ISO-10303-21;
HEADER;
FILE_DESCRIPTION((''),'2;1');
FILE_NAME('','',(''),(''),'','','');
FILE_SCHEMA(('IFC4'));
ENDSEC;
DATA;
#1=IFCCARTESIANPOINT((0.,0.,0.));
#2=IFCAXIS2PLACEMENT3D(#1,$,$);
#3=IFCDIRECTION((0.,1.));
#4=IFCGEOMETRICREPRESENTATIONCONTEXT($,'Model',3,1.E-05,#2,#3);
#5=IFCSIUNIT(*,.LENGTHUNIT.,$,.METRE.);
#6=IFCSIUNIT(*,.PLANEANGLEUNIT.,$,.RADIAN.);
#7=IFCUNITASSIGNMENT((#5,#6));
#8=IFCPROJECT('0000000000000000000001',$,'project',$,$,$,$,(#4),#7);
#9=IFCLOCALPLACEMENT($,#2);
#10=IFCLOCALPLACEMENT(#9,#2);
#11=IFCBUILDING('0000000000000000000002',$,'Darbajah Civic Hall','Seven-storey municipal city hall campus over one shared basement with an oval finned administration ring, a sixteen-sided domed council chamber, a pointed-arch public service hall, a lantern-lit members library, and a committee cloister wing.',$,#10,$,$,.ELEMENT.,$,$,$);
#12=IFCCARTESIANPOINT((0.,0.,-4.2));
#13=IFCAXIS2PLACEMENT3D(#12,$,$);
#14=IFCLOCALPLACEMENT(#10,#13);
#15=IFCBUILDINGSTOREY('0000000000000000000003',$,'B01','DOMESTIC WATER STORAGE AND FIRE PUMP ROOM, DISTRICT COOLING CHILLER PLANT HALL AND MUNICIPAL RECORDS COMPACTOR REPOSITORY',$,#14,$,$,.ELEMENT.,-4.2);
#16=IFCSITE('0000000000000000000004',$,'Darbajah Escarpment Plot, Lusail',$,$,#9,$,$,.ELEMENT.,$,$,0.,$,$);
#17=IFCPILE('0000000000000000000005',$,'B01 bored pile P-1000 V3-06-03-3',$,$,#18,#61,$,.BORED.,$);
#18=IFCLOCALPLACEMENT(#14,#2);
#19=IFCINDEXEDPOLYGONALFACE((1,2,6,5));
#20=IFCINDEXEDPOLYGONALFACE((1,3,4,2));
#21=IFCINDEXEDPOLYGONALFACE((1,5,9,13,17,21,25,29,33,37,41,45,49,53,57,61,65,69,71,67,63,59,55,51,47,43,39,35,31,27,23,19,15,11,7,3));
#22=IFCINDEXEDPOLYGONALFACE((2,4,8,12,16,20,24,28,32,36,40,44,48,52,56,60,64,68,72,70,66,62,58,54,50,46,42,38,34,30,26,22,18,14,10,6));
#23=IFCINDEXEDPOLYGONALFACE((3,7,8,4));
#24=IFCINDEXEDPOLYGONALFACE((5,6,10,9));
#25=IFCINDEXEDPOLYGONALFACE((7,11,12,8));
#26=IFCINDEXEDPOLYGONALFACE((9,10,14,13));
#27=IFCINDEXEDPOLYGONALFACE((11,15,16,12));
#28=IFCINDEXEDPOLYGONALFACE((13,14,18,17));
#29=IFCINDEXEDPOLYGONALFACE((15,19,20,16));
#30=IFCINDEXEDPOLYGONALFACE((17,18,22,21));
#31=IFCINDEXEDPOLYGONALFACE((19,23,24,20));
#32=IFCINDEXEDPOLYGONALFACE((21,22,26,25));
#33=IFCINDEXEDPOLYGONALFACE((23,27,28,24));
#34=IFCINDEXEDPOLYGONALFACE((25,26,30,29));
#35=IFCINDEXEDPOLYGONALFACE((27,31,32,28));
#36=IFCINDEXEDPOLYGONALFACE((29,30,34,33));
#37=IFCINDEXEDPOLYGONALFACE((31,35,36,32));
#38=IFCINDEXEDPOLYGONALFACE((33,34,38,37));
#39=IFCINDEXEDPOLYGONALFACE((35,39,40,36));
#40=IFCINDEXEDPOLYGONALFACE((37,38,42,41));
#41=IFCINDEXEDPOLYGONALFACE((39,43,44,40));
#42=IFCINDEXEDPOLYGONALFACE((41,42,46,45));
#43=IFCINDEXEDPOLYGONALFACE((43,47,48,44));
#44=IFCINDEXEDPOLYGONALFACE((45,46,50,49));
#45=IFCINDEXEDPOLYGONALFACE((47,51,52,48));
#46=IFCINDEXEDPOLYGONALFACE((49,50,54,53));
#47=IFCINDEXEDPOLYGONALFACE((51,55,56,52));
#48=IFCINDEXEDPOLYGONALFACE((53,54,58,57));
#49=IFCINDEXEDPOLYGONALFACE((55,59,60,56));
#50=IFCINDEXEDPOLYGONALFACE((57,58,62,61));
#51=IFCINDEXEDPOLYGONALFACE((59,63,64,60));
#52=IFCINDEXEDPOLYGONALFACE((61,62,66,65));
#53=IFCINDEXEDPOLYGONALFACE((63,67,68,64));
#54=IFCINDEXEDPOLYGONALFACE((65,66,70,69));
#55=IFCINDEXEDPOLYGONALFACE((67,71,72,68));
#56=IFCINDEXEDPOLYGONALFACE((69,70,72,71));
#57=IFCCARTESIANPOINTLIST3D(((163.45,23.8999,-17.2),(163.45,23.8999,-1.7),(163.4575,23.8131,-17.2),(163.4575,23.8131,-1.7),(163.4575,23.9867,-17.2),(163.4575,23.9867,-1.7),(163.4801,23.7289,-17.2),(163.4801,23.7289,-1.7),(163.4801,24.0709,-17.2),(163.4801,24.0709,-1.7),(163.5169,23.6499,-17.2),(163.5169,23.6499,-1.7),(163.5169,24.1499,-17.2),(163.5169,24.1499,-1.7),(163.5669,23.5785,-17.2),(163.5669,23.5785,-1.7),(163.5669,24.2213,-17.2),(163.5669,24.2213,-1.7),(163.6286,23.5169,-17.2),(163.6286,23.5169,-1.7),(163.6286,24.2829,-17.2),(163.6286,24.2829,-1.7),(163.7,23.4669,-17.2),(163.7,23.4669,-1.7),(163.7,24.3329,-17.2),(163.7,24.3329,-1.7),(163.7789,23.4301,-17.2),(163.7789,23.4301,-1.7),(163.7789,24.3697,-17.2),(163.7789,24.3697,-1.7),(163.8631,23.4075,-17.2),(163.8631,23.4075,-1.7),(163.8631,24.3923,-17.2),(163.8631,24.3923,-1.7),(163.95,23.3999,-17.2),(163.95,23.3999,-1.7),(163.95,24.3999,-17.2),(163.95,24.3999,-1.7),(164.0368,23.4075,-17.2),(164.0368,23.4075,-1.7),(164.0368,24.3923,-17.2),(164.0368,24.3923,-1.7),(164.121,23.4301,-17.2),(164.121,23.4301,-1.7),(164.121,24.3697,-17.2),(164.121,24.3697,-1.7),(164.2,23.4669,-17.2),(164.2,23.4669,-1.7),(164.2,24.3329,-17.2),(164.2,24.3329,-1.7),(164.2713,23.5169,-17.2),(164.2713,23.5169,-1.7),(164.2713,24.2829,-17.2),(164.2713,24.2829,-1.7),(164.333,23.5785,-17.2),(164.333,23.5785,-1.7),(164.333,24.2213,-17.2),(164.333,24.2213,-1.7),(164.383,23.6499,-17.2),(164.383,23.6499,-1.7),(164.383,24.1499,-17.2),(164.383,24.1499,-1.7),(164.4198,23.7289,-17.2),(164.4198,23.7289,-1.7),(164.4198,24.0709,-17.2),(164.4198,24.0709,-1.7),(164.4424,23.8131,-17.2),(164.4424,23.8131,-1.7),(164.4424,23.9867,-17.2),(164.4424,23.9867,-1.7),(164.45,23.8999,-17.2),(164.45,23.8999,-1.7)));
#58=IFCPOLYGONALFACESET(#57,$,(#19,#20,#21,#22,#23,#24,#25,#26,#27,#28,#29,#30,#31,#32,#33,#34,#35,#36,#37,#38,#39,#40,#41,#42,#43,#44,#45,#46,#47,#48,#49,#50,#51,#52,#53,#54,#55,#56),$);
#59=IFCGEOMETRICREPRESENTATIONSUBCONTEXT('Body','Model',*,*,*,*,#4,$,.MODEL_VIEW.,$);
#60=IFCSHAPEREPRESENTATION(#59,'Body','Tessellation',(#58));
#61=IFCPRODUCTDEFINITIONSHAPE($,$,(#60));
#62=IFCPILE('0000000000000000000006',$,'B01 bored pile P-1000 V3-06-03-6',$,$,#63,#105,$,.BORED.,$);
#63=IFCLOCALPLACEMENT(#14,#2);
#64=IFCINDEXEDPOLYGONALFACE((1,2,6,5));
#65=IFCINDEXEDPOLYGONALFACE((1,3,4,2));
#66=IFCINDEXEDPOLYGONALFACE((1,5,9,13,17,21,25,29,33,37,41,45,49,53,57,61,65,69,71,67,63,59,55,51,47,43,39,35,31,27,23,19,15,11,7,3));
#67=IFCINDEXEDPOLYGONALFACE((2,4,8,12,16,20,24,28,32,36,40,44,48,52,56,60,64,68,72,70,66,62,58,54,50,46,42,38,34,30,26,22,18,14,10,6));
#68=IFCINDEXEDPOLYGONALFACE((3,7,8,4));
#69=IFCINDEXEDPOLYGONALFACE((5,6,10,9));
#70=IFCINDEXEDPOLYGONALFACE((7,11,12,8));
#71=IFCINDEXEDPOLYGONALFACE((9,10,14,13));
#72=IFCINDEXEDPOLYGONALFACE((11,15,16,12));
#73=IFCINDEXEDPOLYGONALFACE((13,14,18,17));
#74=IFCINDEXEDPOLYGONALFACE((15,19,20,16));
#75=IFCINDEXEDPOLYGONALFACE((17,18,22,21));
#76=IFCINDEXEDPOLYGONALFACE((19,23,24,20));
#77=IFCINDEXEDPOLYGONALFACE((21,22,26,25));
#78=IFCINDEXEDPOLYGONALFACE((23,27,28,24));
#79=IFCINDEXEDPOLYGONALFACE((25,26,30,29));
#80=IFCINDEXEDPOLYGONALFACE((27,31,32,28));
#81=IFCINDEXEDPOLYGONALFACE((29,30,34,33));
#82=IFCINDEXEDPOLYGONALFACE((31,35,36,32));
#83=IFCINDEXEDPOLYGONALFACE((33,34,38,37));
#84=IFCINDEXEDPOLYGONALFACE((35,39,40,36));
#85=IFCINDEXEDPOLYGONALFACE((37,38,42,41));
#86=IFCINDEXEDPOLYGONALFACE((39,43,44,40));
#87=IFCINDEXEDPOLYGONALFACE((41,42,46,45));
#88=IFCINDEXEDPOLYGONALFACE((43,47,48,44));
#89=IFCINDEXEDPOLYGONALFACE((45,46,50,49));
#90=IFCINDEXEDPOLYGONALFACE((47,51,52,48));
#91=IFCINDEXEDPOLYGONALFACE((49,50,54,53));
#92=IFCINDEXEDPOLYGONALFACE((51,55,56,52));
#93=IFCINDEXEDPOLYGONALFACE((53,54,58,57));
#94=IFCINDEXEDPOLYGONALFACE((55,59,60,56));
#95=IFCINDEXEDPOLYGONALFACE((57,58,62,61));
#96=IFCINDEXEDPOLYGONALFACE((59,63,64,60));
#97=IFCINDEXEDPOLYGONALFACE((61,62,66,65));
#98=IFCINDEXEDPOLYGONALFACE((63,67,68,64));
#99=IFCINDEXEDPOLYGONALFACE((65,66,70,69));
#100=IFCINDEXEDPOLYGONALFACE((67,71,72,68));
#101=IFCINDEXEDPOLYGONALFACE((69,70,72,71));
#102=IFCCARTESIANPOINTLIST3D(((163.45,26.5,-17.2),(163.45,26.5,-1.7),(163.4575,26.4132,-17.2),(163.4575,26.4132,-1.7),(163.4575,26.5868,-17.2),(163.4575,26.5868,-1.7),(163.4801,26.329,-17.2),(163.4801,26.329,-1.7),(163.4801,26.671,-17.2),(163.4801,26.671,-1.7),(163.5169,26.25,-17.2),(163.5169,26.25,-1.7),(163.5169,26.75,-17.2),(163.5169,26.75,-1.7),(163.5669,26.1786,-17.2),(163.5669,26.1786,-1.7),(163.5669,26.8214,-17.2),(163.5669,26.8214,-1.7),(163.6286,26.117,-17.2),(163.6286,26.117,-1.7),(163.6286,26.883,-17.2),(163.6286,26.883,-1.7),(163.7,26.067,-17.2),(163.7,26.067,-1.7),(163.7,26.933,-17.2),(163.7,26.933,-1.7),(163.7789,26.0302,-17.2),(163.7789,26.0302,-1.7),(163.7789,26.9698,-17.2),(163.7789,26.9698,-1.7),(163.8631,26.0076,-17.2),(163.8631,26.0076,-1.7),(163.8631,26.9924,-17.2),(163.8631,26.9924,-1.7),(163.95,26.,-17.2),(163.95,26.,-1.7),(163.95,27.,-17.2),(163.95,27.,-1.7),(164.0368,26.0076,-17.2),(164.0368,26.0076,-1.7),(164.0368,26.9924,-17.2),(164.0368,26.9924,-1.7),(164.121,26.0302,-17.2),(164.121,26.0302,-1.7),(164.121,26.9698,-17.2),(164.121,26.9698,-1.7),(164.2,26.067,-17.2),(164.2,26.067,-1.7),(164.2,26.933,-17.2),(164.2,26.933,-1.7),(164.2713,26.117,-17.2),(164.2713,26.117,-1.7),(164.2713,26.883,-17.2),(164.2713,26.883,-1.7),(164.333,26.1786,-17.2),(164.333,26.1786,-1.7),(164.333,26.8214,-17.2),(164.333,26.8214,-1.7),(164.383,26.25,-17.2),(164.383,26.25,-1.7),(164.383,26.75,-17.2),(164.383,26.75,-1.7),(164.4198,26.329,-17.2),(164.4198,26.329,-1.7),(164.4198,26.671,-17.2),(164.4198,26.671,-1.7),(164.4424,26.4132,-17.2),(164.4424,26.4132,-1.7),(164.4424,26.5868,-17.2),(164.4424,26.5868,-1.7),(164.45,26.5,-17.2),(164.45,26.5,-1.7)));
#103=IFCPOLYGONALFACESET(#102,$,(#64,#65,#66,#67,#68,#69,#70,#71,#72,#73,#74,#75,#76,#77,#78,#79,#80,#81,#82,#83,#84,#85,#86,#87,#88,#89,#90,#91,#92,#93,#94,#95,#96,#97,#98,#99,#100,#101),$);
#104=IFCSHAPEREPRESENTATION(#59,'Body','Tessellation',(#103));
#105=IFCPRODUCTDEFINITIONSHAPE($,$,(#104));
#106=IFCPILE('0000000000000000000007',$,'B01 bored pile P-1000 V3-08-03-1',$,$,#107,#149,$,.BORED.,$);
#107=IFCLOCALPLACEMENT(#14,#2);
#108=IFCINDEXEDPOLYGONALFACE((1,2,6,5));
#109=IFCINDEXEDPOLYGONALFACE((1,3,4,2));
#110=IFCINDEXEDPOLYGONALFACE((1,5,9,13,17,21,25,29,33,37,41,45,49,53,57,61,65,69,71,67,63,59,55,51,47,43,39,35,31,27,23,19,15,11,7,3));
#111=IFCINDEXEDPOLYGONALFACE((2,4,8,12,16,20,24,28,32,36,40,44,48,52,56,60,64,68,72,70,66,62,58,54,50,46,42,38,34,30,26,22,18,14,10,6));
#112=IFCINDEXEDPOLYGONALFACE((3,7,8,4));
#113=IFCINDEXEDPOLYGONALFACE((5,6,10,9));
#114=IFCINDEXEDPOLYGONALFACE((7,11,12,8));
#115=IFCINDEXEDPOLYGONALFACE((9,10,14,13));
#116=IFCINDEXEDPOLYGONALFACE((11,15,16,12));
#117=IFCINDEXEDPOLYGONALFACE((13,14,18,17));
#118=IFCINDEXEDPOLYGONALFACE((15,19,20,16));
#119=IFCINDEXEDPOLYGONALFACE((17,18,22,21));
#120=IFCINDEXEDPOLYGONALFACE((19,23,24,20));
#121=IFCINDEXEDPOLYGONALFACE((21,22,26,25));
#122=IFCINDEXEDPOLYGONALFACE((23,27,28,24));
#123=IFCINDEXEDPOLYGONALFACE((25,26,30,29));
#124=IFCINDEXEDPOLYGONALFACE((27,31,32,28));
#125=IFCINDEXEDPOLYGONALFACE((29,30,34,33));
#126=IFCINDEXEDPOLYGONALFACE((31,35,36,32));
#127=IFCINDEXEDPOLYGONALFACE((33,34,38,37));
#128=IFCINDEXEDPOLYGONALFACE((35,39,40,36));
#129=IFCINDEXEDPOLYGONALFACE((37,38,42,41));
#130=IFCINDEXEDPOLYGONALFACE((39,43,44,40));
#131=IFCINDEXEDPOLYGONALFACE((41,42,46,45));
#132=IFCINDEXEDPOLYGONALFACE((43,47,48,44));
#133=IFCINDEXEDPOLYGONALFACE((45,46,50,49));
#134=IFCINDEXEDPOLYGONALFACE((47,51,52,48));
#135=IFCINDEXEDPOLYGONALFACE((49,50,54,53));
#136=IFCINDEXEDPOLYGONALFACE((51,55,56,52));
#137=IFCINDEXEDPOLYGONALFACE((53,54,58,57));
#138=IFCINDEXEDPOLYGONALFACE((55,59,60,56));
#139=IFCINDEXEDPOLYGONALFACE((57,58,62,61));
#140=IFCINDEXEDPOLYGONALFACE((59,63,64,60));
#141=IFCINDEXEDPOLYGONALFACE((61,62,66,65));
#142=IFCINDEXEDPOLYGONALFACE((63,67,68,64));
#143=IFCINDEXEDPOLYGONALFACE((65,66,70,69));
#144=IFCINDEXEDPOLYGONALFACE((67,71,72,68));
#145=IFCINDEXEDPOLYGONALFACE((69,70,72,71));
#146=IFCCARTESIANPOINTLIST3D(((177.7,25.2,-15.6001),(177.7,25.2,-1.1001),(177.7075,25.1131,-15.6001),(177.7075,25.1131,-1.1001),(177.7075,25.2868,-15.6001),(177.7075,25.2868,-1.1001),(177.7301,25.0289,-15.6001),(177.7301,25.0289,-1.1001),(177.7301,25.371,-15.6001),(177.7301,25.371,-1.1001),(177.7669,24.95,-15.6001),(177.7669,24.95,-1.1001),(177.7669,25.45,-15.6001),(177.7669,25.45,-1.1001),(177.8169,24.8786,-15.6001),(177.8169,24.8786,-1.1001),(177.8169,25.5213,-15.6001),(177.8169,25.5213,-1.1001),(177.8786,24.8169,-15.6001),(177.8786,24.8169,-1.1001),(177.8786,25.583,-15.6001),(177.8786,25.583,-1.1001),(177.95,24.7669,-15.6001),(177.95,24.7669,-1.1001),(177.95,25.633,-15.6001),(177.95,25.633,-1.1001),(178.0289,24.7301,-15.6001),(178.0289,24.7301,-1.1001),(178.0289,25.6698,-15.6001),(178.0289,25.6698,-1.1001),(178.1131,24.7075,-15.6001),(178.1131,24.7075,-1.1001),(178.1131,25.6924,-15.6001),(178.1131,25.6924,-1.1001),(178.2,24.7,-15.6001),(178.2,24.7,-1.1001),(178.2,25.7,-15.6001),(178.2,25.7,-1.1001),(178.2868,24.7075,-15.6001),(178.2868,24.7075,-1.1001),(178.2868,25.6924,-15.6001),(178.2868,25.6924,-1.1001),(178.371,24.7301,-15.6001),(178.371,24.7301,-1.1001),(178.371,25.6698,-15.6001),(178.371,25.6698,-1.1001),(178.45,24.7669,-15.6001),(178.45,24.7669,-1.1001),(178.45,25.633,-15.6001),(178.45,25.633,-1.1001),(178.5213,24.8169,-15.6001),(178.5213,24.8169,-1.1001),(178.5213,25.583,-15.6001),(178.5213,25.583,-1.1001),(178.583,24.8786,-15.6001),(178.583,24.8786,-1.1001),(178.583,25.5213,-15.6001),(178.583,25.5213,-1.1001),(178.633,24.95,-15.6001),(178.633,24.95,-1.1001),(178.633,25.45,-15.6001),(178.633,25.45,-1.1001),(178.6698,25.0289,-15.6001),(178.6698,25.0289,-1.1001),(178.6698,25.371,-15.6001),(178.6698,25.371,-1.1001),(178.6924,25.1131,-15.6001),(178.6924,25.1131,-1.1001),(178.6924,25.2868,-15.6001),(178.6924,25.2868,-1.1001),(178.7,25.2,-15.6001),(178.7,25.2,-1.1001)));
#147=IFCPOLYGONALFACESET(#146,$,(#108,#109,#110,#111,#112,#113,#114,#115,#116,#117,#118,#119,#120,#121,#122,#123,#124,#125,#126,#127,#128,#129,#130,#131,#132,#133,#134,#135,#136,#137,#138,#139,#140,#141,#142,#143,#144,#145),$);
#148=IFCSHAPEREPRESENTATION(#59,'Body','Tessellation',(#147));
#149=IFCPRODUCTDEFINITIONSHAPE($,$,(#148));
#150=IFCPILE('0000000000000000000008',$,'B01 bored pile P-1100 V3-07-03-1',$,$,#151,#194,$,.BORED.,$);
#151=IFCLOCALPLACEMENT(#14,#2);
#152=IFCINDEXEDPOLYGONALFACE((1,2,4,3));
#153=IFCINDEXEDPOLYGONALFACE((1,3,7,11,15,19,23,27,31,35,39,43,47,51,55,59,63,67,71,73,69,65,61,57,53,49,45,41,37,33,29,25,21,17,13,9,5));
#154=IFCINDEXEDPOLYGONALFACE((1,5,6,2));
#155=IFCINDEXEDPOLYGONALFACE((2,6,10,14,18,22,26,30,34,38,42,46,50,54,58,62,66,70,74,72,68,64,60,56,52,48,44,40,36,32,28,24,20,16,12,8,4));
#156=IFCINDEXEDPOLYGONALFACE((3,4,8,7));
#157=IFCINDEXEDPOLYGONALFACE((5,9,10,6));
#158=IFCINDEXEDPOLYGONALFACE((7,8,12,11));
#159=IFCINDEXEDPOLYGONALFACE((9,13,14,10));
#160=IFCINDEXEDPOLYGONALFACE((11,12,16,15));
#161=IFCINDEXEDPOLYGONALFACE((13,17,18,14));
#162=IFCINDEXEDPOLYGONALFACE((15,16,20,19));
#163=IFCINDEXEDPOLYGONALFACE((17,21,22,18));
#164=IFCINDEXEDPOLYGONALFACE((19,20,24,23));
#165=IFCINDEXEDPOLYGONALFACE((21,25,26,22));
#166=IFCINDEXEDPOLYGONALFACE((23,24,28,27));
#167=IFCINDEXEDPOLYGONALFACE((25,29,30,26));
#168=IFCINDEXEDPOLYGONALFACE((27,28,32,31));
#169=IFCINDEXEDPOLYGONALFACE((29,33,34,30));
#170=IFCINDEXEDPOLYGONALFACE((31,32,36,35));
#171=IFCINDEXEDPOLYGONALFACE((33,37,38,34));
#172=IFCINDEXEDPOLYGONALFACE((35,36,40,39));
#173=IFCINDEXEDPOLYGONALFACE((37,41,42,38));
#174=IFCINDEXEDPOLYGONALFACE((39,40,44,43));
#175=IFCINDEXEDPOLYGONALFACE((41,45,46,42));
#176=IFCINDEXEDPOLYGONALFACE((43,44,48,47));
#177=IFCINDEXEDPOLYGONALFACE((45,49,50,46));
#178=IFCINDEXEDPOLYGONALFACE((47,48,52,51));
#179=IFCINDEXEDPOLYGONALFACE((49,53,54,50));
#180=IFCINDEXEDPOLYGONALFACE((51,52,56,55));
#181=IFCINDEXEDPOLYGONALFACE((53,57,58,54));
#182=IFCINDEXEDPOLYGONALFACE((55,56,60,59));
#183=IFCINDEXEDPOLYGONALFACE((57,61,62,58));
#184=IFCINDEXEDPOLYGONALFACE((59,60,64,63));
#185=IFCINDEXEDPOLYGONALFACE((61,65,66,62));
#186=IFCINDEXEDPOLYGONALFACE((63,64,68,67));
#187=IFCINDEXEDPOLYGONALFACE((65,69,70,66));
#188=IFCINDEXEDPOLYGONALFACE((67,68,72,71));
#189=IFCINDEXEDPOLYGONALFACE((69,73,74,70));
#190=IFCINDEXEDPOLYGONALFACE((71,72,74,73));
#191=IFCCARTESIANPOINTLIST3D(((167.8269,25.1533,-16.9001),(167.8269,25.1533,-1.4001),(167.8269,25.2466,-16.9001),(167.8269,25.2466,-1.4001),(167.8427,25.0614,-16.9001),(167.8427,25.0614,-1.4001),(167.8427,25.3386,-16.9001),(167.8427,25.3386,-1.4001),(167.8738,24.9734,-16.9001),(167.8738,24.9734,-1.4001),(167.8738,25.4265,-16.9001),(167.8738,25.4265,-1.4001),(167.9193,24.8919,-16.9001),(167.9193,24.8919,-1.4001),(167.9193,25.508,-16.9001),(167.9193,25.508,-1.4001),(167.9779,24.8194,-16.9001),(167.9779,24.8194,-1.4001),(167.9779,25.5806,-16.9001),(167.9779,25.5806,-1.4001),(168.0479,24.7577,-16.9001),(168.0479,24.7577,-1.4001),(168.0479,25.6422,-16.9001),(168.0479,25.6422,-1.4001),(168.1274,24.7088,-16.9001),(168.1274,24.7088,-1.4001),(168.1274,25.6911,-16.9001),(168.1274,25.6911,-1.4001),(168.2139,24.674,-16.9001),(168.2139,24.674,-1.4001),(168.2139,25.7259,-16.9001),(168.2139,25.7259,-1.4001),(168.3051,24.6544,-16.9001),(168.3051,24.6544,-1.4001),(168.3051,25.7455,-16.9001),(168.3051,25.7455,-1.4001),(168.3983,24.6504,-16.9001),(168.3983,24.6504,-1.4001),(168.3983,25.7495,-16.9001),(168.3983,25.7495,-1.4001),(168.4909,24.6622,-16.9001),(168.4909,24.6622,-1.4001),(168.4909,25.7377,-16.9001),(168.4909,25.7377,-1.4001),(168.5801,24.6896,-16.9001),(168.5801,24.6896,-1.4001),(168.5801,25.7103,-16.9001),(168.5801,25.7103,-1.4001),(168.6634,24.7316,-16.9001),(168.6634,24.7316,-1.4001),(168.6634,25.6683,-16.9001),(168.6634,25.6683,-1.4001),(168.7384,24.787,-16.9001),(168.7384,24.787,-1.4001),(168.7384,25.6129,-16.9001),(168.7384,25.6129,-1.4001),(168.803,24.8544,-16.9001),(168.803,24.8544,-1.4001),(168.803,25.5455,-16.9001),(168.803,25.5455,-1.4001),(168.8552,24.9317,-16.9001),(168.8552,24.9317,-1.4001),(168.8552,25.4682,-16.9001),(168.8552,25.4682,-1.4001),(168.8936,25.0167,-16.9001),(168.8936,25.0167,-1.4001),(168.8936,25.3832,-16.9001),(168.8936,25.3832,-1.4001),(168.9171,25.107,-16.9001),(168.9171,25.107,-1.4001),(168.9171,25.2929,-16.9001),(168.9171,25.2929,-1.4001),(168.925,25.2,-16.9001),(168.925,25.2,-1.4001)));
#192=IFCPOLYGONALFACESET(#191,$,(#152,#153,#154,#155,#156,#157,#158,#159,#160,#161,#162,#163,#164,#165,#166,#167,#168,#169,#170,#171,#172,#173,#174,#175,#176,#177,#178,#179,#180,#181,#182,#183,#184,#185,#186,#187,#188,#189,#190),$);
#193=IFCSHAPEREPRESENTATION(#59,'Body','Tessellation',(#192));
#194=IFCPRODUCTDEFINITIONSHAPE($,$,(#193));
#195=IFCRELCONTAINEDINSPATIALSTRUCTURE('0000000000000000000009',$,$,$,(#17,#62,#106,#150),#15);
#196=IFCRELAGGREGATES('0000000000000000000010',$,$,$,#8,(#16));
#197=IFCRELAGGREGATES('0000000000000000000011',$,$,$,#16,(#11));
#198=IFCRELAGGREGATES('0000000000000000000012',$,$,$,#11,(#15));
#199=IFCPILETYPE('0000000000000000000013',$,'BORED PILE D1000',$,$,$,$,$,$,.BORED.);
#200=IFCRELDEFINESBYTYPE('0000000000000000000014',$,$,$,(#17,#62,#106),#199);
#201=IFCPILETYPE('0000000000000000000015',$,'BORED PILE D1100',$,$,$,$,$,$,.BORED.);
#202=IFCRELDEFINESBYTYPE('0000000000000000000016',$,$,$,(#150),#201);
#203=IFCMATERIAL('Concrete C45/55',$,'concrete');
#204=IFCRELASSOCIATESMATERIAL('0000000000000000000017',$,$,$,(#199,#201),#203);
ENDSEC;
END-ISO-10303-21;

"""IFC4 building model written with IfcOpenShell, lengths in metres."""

from ifc_helpers import new_model, si_unit, direction, frame, origin, origin_2d, place, context, subcontext, project, spatial, circle, extrude, material, material_profile, profile_set, type_object, element, save


model = new_model("IFC4")

# Units and contexts
model_context = context("Model", 3, precision=1e-05, world=origin(), true_north=direction((0.0, 1.0)))
body_context = subcontext(model_context, "Body", "Model", "MODEL_VIEW")
ifc_project = project(units=[si_unit("LENGTHUNIT", "METRE"), si_unit("PLANEANGLEUNIT", "RADIAN")], contexts=[model_context])

# Site, building, storey
site_placement = place(None, origin())
site = spatial("IfcSite", under=ifc_project, at=site_placement, Name="Darbajah Escarpment Plot, Lusail", CompositionType="ELEMENT", RefElevation=0.0)
building_placement = place(site_placement, origin())
building = spatial("IfcBuilding", under=site, at=building_placement, Name="Darbajah Civic Hall", Description="Seven-storey municipal city hall campus over one shared basement with an oval finned administration ring, a sixteen-sided domed council chamber, a pointed-arch public service hall, a lantern-lit members library, and a committee cloister wing.", CompositionType="ELEMENT")
storey_placement = place(building_placement, frame((0.0, 0.0, -4.2)))
storey = spatial("IfcBuildingStorey", under=building, at=storey_placement, Name="B01", Description="DOMESTIC WATER STORAGE AND FIRE PUMP ROOM, DISTRICT COOLING CHILLER PLANT HALL AND MUNICIPAL RECORDS COMPACTOR REPOSITORY", CompositionType="ELEMENT", Elevation=-4.2)

# Piles
ifc_material_1 = material(Name="Concrete C45/55", Category="concrete")
ifc_material_profile_1 = material_profile(ifc_material_1, circle(Radius=0.5, at=origin_2d()), Name="BORED PILE D1000")
ifc_profile_set_1 = profile_set([ifc_material_profile_1], Name="Concrete C45/55")
pile_type_1 = type_object("IfcPileType", Name="BORED PILE D1000", PredefinedType="BORED", material=ifc_profile_set_1)
for number, where, z_axis, x_axis, name in (
    (1, (163.95, 23.8999, -1.7), (0.0, 0.0, -1.0), (1.0, 0.0, 0.0), "B01 bored pile P-1000 V3-06-03-3"),
    (2, (163.95, 26.5, -1.7), (0.0, 0.0, -1.0), (1.0, 0.0, 0.0), "B01 bored pile P-1000 V3-06-03-6"),
):
    element("IfcPile", number, at=place(storey_placement, frame(where, z_axis=z_axis, x_axis=x_axis)), inside=storey, type_object=pile_type_1, Name=name, PredefinedType="BORED", context=body_context, shape_type="SweptSolid", body=[
        extrude(circle(Radius=0.5, at=origin_2d()), origin(), (0.0, 0.0, 1.0), 15.5),
    ])
pile_placement = place(storey_placement, frame((178.2, 25.2, -1.1001), z_axis=(0.0, 0.0, -1.0), x_axis=(1.0, 0.0, 0.0)))
element("IfcPile", 3, at=pile_placement, inside=storey, type_object=pile_type_1, Name="B01 bored pile P-1000 V3-08-03-1", PredefinedType="BORED", context=body_context, shape_type="SweptSolid", body=[
    extrude(circle(Radius=0.5, at=origin_2d()), origin(), (0.0, 0.0, 1.0), 14.5),
])
ifc_material_profile_2 = material_profile(ifc_material_1, circle(Radius=0.55, at=origin_2d()), Name="BORED PILE D1100")
ifc_profile_set_2 = profile_set([ifc_material_profile_2], Name="Concrete C45/55")
pile_type_2 = type_object("IfcPileType", Name="BORED PILE D1100", PredefinedType="BORED", material=ifc_profile_set_2)
for number, where, z_axis, x_axis, name in (
    (4, (168.375, 25.2, -1.4001), (0.0, 0.0, -1.0), (1.0, 0.0, 0.0), "B01 bored pile P-1100 V3-07-03-1"),
):
    element("IfcPile", number, at=place(storey_placement, frame(where, z_axis=z_axis, x_axis=x_axis)), inside=storey, type_object=pile_type_2, Name=name, PredefinedType="BORED", context=body_context, shape_type="SweptSolid", body=[
        extrude(circle(Radius=0.55, at=origin_2d()), origin(), (0.0, 0.0, 1.0), 15.5),
    ])

save(model, "model.ifc")
